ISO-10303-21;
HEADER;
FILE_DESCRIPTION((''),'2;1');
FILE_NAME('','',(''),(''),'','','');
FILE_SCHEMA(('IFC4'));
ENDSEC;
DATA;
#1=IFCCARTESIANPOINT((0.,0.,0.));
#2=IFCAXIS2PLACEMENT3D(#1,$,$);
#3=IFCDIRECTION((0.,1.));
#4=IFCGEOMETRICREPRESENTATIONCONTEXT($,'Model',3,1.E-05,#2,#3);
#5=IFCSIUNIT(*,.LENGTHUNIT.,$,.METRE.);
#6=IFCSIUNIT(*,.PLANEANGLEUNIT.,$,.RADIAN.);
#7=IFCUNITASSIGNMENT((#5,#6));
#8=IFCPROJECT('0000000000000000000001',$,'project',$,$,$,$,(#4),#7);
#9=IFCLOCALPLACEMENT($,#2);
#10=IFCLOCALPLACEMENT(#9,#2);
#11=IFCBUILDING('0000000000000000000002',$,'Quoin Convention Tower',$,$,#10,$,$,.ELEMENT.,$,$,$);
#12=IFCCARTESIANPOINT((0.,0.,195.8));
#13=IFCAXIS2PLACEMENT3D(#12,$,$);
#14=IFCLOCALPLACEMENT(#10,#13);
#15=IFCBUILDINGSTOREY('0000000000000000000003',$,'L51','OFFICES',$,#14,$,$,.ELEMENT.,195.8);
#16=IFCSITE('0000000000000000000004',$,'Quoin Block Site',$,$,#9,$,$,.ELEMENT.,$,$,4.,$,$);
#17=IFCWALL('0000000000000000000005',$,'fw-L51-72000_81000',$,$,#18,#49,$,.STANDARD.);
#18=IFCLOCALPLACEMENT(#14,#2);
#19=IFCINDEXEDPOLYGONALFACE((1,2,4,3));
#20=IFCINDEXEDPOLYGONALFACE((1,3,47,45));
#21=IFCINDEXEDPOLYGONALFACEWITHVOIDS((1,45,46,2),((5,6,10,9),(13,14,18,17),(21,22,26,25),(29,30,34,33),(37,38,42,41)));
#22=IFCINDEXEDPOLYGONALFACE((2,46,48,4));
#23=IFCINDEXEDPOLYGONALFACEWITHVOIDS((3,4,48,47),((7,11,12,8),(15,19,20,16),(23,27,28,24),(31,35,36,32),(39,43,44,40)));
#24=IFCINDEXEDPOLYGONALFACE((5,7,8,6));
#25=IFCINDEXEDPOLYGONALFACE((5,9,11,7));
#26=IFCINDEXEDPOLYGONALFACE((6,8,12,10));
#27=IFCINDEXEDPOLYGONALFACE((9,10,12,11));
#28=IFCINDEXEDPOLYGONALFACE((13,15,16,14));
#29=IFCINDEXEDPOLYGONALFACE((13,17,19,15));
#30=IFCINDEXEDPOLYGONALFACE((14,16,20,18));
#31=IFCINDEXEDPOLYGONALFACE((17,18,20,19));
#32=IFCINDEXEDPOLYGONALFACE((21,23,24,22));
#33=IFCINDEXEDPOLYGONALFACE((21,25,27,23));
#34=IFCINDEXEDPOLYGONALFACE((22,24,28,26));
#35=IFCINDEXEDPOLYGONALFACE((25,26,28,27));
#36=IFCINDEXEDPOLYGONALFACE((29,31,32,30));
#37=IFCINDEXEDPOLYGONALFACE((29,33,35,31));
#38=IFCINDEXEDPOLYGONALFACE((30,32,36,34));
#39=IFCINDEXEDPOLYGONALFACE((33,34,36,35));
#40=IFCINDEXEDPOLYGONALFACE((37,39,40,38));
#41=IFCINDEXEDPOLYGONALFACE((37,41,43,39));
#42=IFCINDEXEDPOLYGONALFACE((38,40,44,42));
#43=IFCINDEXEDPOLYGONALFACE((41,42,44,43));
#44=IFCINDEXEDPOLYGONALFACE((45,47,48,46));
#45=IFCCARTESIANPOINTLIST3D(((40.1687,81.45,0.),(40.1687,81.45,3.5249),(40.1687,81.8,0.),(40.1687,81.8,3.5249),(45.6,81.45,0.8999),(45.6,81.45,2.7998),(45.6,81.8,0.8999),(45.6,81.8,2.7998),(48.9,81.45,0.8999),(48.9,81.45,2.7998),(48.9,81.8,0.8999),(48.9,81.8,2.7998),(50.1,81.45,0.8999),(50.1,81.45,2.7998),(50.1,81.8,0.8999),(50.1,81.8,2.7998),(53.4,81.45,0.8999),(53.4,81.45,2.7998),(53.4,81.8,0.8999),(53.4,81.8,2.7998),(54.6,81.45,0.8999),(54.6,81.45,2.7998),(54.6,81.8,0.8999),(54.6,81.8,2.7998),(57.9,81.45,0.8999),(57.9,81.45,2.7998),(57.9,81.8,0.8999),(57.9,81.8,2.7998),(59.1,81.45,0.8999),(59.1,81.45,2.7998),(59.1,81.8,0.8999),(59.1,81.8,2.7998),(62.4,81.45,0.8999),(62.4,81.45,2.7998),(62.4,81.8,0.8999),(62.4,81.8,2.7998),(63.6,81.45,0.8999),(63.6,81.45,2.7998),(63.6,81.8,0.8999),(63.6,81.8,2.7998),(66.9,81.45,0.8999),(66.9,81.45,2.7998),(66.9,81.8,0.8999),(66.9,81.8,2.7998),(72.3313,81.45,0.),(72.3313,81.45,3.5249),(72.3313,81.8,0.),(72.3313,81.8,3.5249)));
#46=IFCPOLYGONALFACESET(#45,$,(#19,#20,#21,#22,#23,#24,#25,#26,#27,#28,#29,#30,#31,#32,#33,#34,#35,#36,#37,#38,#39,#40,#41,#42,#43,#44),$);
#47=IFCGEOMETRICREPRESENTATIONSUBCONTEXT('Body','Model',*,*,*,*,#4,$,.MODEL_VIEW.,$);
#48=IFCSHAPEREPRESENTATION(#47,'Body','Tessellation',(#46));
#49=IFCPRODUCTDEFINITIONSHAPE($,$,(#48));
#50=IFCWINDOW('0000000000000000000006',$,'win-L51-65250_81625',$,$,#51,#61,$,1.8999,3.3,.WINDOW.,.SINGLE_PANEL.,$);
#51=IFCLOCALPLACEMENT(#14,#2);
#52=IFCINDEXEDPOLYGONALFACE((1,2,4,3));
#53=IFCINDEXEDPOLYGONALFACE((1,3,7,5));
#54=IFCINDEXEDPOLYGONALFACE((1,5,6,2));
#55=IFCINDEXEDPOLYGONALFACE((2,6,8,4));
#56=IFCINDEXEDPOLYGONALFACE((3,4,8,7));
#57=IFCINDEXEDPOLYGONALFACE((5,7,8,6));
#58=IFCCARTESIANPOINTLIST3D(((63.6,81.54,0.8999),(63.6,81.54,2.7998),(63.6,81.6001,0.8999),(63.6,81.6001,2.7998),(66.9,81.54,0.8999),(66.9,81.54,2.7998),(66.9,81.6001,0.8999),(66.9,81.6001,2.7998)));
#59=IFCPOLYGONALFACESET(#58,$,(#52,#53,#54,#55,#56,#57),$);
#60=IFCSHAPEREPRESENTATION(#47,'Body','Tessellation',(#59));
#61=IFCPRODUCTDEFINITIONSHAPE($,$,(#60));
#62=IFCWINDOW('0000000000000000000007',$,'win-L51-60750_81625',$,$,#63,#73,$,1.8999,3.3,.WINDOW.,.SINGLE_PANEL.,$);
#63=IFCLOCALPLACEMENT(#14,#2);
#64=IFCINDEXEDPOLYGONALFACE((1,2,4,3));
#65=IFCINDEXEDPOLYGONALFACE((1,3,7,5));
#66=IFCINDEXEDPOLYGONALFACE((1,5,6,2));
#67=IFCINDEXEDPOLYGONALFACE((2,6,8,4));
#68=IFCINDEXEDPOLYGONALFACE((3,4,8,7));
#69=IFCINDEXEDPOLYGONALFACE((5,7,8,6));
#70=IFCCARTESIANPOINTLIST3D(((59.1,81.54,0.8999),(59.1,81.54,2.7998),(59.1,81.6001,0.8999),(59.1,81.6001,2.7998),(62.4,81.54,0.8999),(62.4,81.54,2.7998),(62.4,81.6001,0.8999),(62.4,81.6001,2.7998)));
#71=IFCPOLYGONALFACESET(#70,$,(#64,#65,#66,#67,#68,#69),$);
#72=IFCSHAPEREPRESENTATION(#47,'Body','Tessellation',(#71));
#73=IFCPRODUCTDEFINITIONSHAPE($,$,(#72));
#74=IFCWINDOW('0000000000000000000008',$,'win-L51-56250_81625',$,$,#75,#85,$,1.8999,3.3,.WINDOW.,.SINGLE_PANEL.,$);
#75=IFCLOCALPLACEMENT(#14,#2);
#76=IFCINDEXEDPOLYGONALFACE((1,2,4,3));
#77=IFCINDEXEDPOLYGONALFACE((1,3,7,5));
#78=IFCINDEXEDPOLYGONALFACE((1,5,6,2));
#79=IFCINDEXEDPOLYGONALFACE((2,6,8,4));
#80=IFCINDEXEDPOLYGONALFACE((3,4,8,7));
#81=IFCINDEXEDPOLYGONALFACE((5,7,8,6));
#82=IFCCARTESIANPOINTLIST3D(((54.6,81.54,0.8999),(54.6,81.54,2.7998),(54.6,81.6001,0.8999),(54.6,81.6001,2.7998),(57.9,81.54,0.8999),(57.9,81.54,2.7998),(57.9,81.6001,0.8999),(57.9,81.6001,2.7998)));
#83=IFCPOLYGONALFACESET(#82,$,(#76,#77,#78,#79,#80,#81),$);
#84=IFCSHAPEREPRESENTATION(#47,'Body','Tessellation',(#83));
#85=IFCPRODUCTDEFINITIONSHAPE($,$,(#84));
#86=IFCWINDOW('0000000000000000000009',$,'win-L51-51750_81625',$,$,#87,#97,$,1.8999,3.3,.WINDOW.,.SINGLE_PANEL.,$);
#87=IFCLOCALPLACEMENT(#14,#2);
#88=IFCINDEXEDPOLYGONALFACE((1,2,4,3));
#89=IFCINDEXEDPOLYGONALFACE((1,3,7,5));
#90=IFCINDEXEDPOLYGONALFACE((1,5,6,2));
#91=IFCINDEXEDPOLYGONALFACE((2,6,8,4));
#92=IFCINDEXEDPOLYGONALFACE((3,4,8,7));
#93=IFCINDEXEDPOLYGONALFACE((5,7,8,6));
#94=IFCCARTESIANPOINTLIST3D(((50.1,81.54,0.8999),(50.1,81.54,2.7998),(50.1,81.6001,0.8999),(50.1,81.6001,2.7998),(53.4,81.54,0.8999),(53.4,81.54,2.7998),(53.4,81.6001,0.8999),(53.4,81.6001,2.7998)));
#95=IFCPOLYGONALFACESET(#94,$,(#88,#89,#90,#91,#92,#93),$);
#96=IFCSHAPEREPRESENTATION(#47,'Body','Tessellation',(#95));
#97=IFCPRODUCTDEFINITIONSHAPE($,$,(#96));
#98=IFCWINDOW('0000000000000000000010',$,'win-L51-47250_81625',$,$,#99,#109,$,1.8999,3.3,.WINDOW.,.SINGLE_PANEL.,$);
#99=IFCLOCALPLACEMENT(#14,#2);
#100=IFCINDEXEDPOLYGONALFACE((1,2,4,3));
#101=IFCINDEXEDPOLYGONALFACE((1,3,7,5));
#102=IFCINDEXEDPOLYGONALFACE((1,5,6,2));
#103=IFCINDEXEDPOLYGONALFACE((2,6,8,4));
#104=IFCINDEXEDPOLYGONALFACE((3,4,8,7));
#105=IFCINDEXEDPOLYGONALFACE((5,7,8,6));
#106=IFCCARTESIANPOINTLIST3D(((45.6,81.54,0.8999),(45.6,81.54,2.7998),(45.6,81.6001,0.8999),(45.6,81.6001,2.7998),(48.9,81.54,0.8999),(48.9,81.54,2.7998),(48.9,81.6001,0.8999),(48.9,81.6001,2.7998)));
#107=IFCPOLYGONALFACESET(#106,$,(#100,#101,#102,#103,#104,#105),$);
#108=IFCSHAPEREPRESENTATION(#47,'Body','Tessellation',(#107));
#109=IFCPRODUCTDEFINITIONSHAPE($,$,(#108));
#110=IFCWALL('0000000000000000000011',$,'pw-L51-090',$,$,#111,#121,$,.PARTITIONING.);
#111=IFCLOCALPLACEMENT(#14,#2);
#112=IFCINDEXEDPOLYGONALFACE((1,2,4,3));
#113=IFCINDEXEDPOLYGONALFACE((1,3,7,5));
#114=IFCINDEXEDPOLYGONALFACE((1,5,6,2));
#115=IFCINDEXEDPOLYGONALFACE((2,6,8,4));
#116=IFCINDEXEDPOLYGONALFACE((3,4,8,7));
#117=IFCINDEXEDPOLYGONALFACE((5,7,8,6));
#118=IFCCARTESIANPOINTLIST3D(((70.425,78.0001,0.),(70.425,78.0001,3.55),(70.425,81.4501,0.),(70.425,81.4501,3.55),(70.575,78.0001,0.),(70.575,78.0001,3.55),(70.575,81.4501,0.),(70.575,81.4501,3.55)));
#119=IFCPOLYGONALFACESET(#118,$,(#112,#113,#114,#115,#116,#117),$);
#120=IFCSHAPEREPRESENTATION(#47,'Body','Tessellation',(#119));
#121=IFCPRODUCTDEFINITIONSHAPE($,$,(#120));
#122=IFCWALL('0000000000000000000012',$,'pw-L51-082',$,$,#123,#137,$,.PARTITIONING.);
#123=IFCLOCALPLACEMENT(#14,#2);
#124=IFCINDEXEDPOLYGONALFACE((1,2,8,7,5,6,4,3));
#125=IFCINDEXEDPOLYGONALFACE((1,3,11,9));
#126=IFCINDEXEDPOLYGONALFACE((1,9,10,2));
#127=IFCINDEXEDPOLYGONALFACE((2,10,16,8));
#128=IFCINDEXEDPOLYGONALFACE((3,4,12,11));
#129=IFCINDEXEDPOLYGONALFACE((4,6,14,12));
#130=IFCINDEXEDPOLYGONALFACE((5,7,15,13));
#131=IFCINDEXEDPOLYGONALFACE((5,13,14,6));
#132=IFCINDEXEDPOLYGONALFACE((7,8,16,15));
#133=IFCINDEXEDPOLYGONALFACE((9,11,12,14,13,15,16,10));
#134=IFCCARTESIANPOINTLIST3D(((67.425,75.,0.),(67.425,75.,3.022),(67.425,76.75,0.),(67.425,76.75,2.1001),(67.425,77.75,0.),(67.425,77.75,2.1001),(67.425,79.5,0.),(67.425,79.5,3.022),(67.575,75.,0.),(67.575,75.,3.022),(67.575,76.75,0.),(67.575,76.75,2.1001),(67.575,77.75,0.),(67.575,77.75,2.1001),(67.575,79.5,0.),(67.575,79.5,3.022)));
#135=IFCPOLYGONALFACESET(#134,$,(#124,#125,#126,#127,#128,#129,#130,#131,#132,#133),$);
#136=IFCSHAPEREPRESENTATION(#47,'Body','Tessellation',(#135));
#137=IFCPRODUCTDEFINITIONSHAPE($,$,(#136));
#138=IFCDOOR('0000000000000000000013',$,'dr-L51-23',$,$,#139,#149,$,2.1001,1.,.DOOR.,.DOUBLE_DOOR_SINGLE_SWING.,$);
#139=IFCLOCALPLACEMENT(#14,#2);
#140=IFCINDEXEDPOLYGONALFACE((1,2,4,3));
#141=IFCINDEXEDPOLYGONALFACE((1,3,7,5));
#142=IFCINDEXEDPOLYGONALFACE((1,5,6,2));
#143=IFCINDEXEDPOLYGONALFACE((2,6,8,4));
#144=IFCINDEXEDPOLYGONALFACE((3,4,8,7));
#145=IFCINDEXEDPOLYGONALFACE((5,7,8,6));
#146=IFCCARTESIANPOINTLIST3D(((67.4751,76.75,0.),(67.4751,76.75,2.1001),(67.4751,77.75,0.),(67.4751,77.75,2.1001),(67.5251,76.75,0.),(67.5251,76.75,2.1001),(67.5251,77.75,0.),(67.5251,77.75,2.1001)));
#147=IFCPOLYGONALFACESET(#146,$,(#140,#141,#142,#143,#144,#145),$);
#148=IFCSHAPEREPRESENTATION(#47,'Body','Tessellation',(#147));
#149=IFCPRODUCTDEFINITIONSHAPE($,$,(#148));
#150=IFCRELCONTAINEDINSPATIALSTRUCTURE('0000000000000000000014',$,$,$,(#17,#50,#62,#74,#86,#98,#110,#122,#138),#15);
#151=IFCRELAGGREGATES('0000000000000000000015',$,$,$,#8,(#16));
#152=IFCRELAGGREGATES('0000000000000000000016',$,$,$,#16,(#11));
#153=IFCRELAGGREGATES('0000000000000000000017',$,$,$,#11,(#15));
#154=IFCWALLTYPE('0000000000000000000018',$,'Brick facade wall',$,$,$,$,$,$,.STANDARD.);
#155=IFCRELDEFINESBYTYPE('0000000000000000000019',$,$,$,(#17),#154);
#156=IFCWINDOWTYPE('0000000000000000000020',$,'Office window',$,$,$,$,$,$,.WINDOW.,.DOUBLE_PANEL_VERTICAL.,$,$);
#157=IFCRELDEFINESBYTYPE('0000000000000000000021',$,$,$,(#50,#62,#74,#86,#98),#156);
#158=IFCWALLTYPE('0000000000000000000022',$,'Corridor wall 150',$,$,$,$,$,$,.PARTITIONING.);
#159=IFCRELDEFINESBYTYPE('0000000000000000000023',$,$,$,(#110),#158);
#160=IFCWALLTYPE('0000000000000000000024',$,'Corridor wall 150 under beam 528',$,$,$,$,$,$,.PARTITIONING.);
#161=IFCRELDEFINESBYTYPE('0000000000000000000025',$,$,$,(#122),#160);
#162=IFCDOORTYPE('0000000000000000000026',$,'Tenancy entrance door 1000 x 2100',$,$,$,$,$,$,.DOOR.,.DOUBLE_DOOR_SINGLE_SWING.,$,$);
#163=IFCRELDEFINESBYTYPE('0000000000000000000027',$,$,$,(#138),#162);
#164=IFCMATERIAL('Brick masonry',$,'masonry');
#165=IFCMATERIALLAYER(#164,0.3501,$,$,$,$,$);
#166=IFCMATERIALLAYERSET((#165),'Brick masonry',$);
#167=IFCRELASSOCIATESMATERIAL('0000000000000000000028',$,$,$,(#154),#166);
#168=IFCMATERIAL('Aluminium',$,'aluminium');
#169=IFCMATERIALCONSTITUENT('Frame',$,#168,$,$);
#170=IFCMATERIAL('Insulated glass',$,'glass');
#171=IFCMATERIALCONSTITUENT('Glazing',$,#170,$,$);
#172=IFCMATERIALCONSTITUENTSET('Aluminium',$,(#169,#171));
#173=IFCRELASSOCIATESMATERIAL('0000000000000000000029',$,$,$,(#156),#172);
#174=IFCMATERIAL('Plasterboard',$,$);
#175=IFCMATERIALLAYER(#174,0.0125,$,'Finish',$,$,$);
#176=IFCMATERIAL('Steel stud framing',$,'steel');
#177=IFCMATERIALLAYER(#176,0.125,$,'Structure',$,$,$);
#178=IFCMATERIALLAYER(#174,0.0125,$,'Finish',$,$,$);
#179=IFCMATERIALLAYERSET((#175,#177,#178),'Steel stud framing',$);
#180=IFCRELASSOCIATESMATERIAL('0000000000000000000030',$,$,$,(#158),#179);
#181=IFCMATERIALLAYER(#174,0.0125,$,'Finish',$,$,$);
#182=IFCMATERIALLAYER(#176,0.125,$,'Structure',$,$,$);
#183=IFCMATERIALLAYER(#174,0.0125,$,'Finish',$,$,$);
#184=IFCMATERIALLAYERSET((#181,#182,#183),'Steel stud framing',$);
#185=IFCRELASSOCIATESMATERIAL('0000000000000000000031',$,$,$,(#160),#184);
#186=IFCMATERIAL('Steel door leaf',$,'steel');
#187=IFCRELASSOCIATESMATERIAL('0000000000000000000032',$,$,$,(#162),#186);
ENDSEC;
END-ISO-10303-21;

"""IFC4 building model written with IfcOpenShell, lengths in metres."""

from ifc_helpers import new_model, si_unit, direction, frame, frame_2d, origin, place, context, subcontext, project, spatial, rectangle, extrude, material, layer, layer_set, constituent, constituent_set, type_object, element, fill, save


model = new_model("IFC4")

# Units and contexts
model_context = context("Model", 3, precision=1e-05, world=origin(), true_north=direction((0.0, 1.0)))
body_context = subcontext(model_context, "Body", "Model", "MODEL_VIEW")
ifc_project = project(units=[si_unit("LENGTHUNIT", "METRE"), si_unit("PLANEANGLEUNIT", "RADIAN")], contexts=[model_context])

# Site, building, storey
site_placement = place(None, origin())
site = spatial("IfcSite", under=ifc_project, at=site_placement, Name="Quoin Block Site", CompositionType="ELEMENT", RefElevation=4.0)
building_placement = place(site_placement, origin())
building = spatial("IfcBuilding", under=site, at=building_placement, Name="Quoin Convention Tower", CompositionType="ELEMENT")
storey_placement = place(building_placement, frame((0.0, 0.0, 195.8)))
storey = spatial("IfcBuildingStorey", under=building, at=storey_placement, Name="L51", Description="OFFICES", CompositionType="ELEMENT", Elevation=195.8)

# Shared definitions
ifc_material_1 = material(Name="Brick masonry", Category="masonry")
ifc_layer_1 = layer(ifc_material_1, 0.3501)
ifc_layer_set_1 = layer_set([ifc_layer_1], Name="Brick masonry")
wall_type_1 = type_object("IfcWallType", Name="Brick facade wall", PredefinedType="STANDARD", material=ifc_layer_set_1)
ifc_material_2 = material(Name="Aluminium", Category="aluminium")
ifc_constituent_1 = constituent(ifc_material_2, Name="Frame")
ifc_material_3 = material(Name="Insulated glass", Category="glass")
ifc_constituent_2 = constituent(ifc_material_3, Name="Glazing")
ifc_constituent_set = constituent_set(constituents=[ifc_constituent_1, ifc_constituent_2], Name="Aluminium")
window_type = type_object("IfcWindowType", Name="Office window", PartitioningType="DOUBLE_PANEL_VERTICAL", PredefinedType="WINDOW", material=ifc_constituent_set)

# Wall, openings, windows
wall_1_placement = place(storey_placement, frame((72.3313, 81.625, 0.0), z_axis=(0.0, 0.0, 1.0), x_axis=(-1.0, 0.0, 0.0)))
wall_1 = element("IfcWall", 1, at=wall_1_placement, inside=storey, type_object=wall_type_1, Name="fw-L51-72000_81000", PredefinedType="STANDARD", context=body_context, shape_type="SweptSolid", body=[
    extrude(rectangle(XDim=32.1626, YDim=0.3501, at=frame_2d((16.0813, 0.0))), origin(), (0.0, 0.0, 1.0), 3.5249),
])
opening_1_placement = place(wall_1_placement, frame((5.4314, 0.0, 0.8999)))
opening_1 = element("IfcOpeningElement", 2, at=opening_1_placement, cuts=wall_1, PredefinedType="OPENING", context=body_context, shape_type="SweptSolid", body=[
    extrude(rectangle(XDim=3.3, YDim=1.8999, at=frame_2d((1.6499, 0.95))), frame((0.0, 0.1851, 0.0), z_axis=(0.0, -1.0, 0.0), x_axis=(1.0, 0.0, 0.0)), (0.0, 0.0, 1.0), 0.3701),
])
opening_2_placement = place(wall_1_placement, frame((9.9314, 0.0, 0.8999)))
opening_2 = element("IfcOpeningElement", 3, at=opening_2_placement, cuts=wall_1, PredefinedType="OPENING", context=body_context, shape_type="SweptSolid", body=[
    extrude(rectangle(XDim=3.3, YDim=1.8999, at=frame_2d((1.6499, 0.95))), frame((0.0, 0.1851, 0.0), z_axis=(0.0, -1.0, 0.0), x_axis=(1.0, 0.0, 0.0)), (0.0, 0.0, 1.0), 0.3701),
])
opening_3_placement = place(wall_1_placement, frame((14.4314, 0.0, 0.8999)))
opening_3 = element("IfcOpeningElement", 4, at=opening_3_placement, cuts=wall_1, PredefinedType="OPENING", context=body_context, shape_type="SweptSolid", body=[
    extrude(rectangle(XDim=3.3, YDim=1.8999, at=frame_2d((1.6499, 0.95))), frame((0.0, 0.1851, 0.0), z_axis=(0.0, -1.0, 0.0), x_axis=(1.0, 0.0, 0.0)), (0.0, 0.0, 1.0), 0.3701),
])
opening_4_placement = place(wall_1_placement, frame((18.9314, 0.0, 0.8999)))
opening_4 = element("IfcOpeningElement", 5, at=opening_4_placement, cuts=wall_1, PredefinedType="OPENING", context=body_context, shape_type="SweptSolid", body=[
    extrude(rectangle(XDim=3.3, YDim=1.8999, at=frame_2d((1.6499, 0.95))), frame((0.0, 0.1851, 0.0), z_axis=(0.0, -1.0, 0.0), x_axis=(1.0, 0.0, 0.0)), (0.0, 0.0, 1.0), 0.3701),
])
opening_5_placement = place(wall_1_placement, frame((23.4314, 0.0, 0.8999)))
opening_5 = element("IfcOpeningElement", 6, at=opening_5_placement, cuts=wall_1, PredefinedType="OPENING", context=body_context, shape_type="SweptSolid", body=[
    extrude(rectangle(XDim=3.3, YDim=1.8999, at=frame_2d((1.6499, 0.95))), frame((0.0, 0.1851, 0.0), z_axis=(0.0, -1.0, 0.0), x_axis=(1.0, 0.0, 0.0)), (0.0, 0.0, 1.0), 0.3701),
])
window_1_placement = place(opening_1_placement, origin())
window_1 = element("IfcWindow", 7, at=window_1_placement, inside=storey, type_object=window_type, Name="win-L51-65250_81625", OverallHeight=1.8999, OverallWidth=3.3, PartitioningType="SINGLE_PANEL", PredefinedType="WINDOW", context=body_context, shape_type="SweptSolid", body=[
    extrude(rectangle(XDim=3.3, YDim=1.8999, at=frame_2d((1.6499, 0.95))), frame((0.0, 0.085, 0.0), z_axis=(0.0, -1.0, 0.0), x_axis=(1.0, 0.0, 0.0)), (0.0, 0.0, 1.0), 0.0601),
])
fill(opening_1, window_1)
window_2_placement = place(opening_2_placement, origin())
window_2 = element("IfcWindow", 8, at=window_2_placement, inside=storey, type_object=window_type, Name="win-L51-60750_81625", OverallHeight=1.8999, OverallWidth=3.3, PartitioningType="SINGLE_PANEL", PredefinedType="WINDOW", context=body_context, shape_type="SweptSolid", body=[
    extrude(rectangle(XDim=3.3, YDim=1.8999, at=frame_2d((1.6499, 0.95))), frame((0.0, 0.085, 0.0), z_axis=(0.0, -1.0, 0.0), x_axis=(1.0, 0.0, 0.0)), (0.0, 0.0, 1.0), 0.0601),
])
fill(opening_2, window_2)
window_3_placement = place(opening_3_placement, origin())
window_3 = element("IfcWindow", 9, at=window_3_placement, inside=storey, type_object=window_type, Name="win-L51-56250_81625", OverallHeight=1.8999, OverallWidth=3.3, PartitioningType="SINGLE_PANEL", PredefinedType="WINDOW", context=body_context, shape_type="SweptSolid", body=[
    extrude(rectangle(XDim=3.3, YDim=1.8999, at=frame_2d((1.6499, 0.95))), frame((0.0, 0.085, 0.0), z_axis=(0.0, -1.0, 0.0), x_axis=(1.0, 0.0, 0.0)), (0.0, 0.0, 1.0), 0.0601),
])
fill(opening_3, window_3)
window_4_placement = place(opening_4_placement, origin())
window_4 = element("IfcWindow", 10, at=window_4_placement, inside=storey, type_object=window_type, Name="win-L51-51750_81625", OverallHeight=1.8999, OverallWidth=3.3, PartitioningType="SINGLE_PANEL", PredefinedType="WINDOW", context=body_context, shape_type="SweptSolid", body=[
    extrude(rectangle(XDim=3.3, YDim=1.8999, at=frame_2d((1.6499, 0.95))), frame((0.0, 0.085, 0.0), z_axis=(0.0, -1.0, 0.0), x_axis=(1.0, 0.0, 0.0)), (0.0, 0.0, 1.0), 0.0601),
])
fill(opening_4, window_4)
window_5_placement = place(opening_5_placement, origin())
window_5 = element("IfcWindow", 11, at=window_5_placement, inside=storey, type_object=window_type, Name="win-L51-47250_81625", OverallHeight=1.8999, OverallWidth=3.3, PartitioningType="SINGLE_PANEL", PredefinedType="WINDOW", context=body_context, shape_type="SweptSolid", body=[
    extrude(rectangle(XDim=3.3, YDim=1.8999, at=frame_2d((1.6499, 0.95))), frame((0.0, 0.085, 0.0), z_axis=(0.0, -1.0, 0.0), x_axis=(1.0, 0.0, 0.0)), (0.0, 0.0, 1.0), 0.0601),
])
fill(opening_5, window_5)

# Wall
ifc_material_4 = material(Name="Plasterboard")
ifc_layer_2 = layer(ifc_material_4, 0.0125, Name="Finish")
ifc_material_5 = material(Name="Steel stud framing", Category="steel")
ifc_layer_3 = layer(ifc_material_5, 0.125, Name="Structure")
ifc_layer_4 = layer(ifc_material_4, 0.0125, Name="Finish")
ifc_layer_set_2 = layer_set([ifc_layer_2, ifc_layer_3, ifc_layer_4], Name="Steel stud framing")
wall_type_2 = type_object("IfcWallType", Name="Corridor wall 150", PredefinedType="PARTITIONING", material=ifc_layer_set_2)
wall_2_placement = place(storey_placement, frame((70.5, 78.0, 0.0), z_axis=(0.0, 0.0, 1.0), x_axis=(0.0, 1.0, 0.0)))
element("IfcWall", 12, at=wall_2_placement, inside=storey, type_object=wall_type_2, Name="pw-L51-090", PredefinedType="PARTITIONING", context=body_context, shape_type="SweptSolid", body=[
    extrude(rectangle(XDim=3.45, YDim=0.1499, at=frame_2d((1.7251, 0.0))), origin(), (0.0, 0.0, 1.0), 3.55),
])

# Wall, opening, door
ifc_layer_5 = layer(ifc_material_4, 0.0125, Name="Finish")
ifc_layer_6 = layer(ifc_material_5, 0.125, Name="Structure")
ifc_layer_7 = layer(ifc_material_4, 0.0125, Name="Finish")
ifc_layer_set_3 = layer_set([ifc_layer_5, ifc_layer_6, ifc_layer_7], Name="Steel stud framing")
wall_type_3 = type_object("IfcWallType", Name="Corridor wall 150 under beam 528", PredefinedType="PARTITIONING", material=ifc_layer_set_3)
wall_3_placement = place(storey_placement, frame((67.5, 75.0, 0.0), z_axis=(0.0, 0.0, 1.0), x_axis=(0.0, 1.0, 0.0)))
wall_3 = element("IfcWall", 13, at=wall_3_placement, inside=storey, type_object=wall_type_3, Name="pw-L51-082", PredefinedType="PARTITIONING", context=body_context, shape_type="SweptSolid", body=[
    extrude(rectangle(XDim=4.5, YDim=0.1499, at=frame_2d((2.25, 0.0))), origin(), (0.0, 0.0, 1.0), 3.022),
])
opening_6_placement = place(wall_3_placement, frame((1.75, 0.0, 0.0)))
opening_6 = element("IfcOpeningElement", 14, at=opening_6_placement, cuts=wall_3, PredefinedType="OPENING", context=body_context, shape_type="SweptSolid", body=[
    extrude(rectangle(XDim=1.0, YDim=2.1001, at=frame_2d((0.5, 1.05))), frame((0.0, 0.085, 0.0), z_axis=(0.0, -1.0, 0.0), x_axis=(1.0, 0.0, 0.0)), (0.0, 0.0, 1.0), 0.1699),
])
ifc_material_6 = material(Name="Steel door leaf", Category="steel")
door_type_1 = type_object("IfcDoorType", Name="Tenancy entrance door 1000 x 2100", OperationType="DOUBLE_DOOR_SINGLE_SWING", PredefinedType="DOOR", material=ifc_material_6)
door_1_placement = place(opening_6_placement, origin())
door_1 = element("IfcDoor", 15, at=door_1_placement, inside=storey, type_object=door_type_1, Name="dr-L51-23", OperationType="DOUBLE_DOOR_SINGLE_SWING", OverallHeight=2.1001, OverallWidth=1.0, PredefinedType="DOOR", context=body_context, shape_type="SweptSolid", body=[
    extrude(rectangle(XDim=1.0, YDim=2.1001, at=frame_2d((0.5, 1.05))), frame((0.0, 0.0249, 0.0), z_axis=(0.0, -1.0, 0.0), x_axis=(1.0, 0.0, 0.0)), (0.0, 0.0, 1.0), 0.05),
])
fill(opening_6, door_1)

save(model, "model.ifc")
